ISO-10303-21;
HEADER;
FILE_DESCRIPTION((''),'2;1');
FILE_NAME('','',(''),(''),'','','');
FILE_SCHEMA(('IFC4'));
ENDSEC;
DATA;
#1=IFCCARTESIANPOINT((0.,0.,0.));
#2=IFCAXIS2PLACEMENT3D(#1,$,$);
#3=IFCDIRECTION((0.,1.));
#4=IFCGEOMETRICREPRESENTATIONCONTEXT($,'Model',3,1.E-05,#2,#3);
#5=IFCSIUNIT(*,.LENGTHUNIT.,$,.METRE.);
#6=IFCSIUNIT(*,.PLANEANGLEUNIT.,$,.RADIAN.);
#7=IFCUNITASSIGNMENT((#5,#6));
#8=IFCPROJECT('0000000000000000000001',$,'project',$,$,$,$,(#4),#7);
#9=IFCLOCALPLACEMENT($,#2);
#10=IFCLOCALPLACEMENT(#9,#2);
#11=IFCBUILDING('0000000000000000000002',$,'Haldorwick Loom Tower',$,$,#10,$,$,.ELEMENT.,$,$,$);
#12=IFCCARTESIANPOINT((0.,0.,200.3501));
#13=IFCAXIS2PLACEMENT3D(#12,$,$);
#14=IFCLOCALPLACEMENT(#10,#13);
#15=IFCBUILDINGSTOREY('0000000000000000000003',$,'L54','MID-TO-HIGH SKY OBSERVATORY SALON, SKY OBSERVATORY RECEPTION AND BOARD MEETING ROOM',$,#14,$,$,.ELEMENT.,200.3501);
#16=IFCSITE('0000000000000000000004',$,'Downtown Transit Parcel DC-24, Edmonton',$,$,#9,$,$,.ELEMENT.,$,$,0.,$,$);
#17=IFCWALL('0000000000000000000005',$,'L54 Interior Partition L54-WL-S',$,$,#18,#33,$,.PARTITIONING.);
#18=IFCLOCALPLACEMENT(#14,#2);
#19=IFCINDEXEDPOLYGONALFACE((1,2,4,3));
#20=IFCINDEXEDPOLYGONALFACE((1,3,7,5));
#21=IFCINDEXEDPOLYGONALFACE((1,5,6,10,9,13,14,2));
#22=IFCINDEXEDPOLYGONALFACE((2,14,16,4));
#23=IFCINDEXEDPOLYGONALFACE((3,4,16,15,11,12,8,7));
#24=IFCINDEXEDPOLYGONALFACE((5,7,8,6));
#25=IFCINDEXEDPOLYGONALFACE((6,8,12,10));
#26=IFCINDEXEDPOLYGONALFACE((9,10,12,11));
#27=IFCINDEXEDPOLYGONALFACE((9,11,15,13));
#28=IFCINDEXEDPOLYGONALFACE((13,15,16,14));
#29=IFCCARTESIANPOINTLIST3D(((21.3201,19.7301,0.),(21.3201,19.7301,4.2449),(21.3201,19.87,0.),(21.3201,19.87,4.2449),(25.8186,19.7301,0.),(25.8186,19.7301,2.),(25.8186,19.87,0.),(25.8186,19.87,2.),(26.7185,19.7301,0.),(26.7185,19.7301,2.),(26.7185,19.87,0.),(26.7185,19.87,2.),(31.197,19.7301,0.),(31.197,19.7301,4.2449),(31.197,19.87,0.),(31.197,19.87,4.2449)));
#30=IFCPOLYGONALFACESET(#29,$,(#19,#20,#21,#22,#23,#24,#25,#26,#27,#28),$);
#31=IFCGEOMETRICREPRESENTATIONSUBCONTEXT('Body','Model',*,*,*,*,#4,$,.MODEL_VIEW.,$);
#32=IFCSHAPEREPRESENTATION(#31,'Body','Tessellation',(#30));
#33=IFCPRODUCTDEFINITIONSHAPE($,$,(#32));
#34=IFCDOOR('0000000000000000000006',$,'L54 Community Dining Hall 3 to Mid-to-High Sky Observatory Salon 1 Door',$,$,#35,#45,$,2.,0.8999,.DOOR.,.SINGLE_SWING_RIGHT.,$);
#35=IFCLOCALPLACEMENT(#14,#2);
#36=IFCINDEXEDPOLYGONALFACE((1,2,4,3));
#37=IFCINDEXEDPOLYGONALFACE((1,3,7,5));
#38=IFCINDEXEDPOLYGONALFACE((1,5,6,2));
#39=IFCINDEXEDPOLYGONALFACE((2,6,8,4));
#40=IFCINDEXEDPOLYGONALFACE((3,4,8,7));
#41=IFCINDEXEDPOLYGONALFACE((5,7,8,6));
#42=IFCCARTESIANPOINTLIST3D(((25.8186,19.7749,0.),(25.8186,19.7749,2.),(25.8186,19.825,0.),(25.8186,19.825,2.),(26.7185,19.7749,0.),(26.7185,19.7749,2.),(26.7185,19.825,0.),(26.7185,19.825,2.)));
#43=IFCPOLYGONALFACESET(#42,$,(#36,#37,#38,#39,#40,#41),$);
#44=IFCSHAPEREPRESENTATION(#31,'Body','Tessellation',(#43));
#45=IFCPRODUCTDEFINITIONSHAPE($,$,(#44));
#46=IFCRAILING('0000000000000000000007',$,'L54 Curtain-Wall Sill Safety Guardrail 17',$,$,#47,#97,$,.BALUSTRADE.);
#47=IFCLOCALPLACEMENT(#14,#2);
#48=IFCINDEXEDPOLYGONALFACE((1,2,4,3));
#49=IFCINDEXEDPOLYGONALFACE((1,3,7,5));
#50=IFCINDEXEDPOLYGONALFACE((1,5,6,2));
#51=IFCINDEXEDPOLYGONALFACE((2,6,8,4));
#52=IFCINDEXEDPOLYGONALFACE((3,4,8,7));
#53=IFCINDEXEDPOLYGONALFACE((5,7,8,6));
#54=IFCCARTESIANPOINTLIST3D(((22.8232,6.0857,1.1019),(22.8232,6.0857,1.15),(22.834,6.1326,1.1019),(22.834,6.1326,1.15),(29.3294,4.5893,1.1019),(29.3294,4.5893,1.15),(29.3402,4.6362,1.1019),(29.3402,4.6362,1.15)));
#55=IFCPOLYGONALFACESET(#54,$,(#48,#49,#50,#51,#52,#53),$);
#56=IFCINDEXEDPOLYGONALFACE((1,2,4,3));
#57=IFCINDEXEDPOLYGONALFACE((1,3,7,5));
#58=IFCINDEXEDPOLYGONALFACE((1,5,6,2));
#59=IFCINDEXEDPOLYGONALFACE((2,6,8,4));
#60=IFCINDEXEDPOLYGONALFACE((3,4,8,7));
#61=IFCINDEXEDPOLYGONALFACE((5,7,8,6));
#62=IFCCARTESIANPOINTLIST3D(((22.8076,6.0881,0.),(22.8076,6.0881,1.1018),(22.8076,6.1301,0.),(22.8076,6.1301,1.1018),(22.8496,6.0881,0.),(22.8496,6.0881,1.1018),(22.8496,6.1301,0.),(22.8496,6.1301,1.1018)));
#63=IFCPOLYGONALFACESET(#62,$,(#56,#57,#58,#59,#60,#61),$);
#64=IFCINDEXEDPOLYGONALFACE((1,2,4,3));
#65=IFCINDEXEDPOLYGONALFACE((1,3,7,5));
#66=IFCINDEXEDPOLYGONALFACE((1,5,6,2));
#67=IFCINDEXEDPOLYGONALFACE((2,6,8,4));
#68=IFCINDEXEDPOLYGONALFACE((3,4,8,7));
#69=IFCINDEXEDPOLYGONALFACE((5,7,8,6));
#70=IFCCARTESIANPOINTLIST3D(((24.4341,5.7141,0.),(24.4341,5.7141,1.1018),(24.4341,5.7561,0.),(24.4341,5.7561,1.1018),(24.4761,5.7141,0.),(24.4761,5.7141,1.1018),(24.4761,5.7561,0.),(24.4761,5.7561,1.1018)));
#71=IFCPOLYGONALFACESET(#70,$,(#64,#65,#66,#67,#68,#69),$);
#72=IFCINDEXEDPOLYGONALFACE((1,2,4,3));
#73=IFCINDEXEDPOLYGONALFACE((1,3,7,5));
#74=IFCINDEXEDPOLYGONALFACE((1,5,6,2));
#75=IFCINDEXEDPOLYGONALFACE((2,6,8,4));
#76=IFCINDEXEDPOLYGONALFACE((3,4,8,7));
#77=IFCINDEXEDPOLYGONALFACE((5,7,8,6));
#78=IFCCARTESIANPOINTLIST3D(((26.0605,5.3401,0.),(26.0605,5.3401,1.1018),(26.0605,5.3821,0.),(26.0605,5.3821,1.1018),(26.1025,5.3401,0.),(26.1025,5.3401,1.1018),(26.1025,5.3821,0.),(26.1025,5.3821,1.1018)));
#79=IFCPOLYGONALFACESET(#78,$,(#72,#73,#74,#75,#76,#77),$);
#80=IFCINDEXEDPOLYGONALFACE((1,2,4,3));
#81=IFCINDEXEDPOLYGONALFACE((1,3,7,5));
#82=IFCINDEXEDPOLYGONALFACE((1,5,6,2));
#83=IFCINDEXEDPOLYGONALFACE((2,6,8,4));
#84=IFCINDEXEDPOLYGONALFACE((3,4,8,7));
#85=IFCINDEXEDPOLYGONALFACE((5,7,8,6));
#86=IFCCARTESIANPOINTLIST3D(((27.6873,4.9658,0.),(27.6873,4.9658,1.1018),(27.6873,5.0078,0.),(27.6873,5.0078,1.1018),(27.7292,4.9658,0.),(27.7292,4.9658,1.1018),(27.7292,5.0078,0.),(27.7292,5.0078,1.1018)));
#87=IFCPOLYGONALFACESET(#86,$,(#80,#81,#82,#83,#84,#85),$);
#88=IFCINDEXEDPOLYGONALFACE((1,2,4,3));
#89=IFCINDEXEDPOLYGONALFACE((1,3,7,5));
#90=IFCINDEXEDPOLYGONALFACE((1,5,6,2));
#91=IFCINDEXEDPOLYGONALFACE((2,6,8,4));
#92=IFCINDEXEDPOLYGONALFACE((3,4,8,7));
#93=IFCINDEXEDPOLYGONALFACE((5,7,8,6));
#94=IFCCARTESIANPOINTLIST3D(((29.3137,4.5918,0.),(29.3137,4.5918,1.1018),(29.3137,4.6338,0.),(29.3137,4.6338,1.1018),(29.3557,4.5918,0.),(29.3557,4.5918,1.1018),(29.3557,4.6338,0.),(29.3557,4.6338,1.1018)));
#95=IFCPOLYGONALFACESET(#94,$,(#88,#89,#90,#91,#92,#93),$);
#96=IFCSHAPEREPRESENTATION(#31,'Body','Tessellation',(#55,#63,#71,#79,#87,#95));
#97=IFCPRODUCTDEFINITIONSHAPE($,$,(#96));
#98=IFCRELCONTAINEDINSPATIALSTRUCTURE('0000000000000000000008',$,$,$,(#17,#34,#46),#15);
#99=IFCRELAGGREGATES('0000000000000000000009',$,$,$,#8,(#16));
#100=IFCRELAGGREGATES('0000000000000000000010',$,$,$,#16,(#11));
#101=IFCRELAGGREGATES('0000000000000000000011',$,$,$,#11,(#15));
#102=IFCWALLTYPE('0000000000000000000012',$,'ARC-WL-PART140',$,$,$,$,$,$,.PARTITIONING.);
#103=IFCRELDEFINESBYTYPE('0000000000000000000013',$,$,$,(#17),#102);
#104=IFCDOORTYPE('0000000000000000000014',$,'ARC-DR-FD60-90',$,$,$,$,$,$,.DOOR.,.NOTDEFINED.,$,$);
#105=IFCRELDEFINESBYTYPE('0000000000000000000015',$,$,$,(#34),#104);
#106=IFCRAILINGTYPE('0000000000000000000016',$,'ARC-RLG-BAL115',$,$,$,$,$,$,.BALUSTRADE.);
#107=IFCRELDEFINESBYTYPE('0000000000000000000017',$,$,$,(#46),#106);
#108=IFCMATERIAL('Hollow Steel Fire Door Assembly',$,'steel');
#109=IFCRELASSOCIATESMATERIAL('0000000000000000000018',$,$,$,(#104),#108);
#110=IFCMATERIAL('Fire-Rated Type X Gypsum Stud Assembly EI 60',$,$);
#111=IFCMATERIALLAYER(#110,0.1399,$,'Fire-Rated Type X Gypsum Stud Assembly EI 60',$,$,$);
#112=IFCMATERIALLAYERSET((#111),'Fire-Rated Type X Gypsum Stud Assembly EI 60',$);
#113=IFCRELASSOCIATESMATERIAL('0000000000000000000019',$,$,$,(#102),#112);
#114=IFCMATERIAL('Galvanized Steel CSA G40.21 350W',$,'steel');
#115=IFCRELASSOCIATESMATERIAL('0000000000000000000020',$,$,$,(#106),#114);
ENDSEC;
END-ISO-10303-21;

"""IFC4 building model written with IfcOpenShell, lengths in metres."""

from ifc_helpers import new_model, si_unit, direction, frame, frame_2d, origin, origin_2d, place, context, subcontext, project, spatial, rectangle, extrude, material, layer, layer_set, type_object, element, fill, save


model = new_model("IFC4")

# Units and contexts
model_context = context("Model", 3, precision=1e-05, world=origin(), true_north=direction((0.0, 1.0)))
body_context = subcontext(model_context, "Body", "Model", "MODEL_VIEW")
ifc_project = project(units=[si_unit("LENGTHUNIT", "METRE"), si_unit("PLANEANGLEUNIT", "RADIAN")], contexts=[model_context])

# Site, building, storey
site_placement = place(None, origin())
site = spatial("IfcSite", under=ifc_project, at=site_placement, Name="Downtown Transit Parcel DC-24, Edmonton", CompositionType="ELEMENT", RefElevation=0.0)
building_placement = place(site_placement, origin())
building = spatial("IfcBuilding", under=site, at=building_placement, Name="Haldorwick Loom Tower", CompositionType="ELEMENT")
storey_placement = place(building_placement, frame((0.0, 0.0, 200.3501)))
storey = spatial("IfcBuildingStorey", under=building, at=storey_placement, Name="L54", Description="MID-TO-HIGH SKY OBSERVATORY SALON, SKY OBSERVATORY RECEPTION AND BOARD MEETING ROOM", CompositionType="ELEMENT", Elevation=200.3501)

# Shared definitions
ifc_material_1 = material(Name="Fire-Rated Type X Gypsum Stud Assembly EI 60")
ifc_material_2 = material(Name="Hollow Steel Fire Door Assembly", Category="steel")
door_type = type_object("IfcDoorType", Name="ARC-DR-FD60-90", OperationType="NOTDEFINED", PredefinedType="DOOR", material=ifc_material_2)

# Wall, opening, door
ifc_layer_1 = layer(ifc_material_1, 0.1399, Name="Fire-Rated Type X Gypsum Stud Assembly EI 60")
ifc_layer_set_1 = layer_set([ifc_layer_1], Name="Fire-Rated Type X Gypsum Stud Assembly EI 60")
wall_type_1 = type_object("IfcWallType", Name="ARC-WL-PART140", PredefinedType="PARTITIONING", material=ifc_layer_set_1)
wall_1_placement = place(storey_placement, frame((21.3201, 19.8, 0.0), z_axis=(0.0, 0.0, 1.0), x_axis=(1.0, 0.0, 0.0)))
wall_1 = element("IfcWall", 1, at=wall_1_placement, inside=storey, type_object=wall_type_1, Name="L54 Interior Partition L54-WL-S", PredefinedType="PARTITIONING", context=body_context, shape_type="SweptSolid", body=[
    extrude(rectangle(XDim=9.877, YDim=0.1399, at=frame_2d((4.9385, 0.0))), origin(), (0.0, 0.0, 1.0), 4.2449),
])
opening_1_placement = place(wall_1_placement, frame((4.4985, 0.0, 0.0)))
opening_1 = element("IfcOpeningElement", 2, at=opening_1_placement, cuts=wall_1, PredefinedType="OPENING", context=body_context, shape_type="SweptSolid", body=[
    extrude(rectangle(XDim=0.8999, YDim=2.0, at=frame_2d((0.45, 1.0))), frame((0.0, 0.0798, 0.0), z_axis=(0.0, -1.0, 0.0), x_axis=(1.0, 0.0, 0.0)), (0.0, 0.0, 1.0), 0.1599),
])
door_1_placement = place(opening_1_placement, origin())
door_1 = element("IfcDoor", 3, at=door_1_placement, inside=storey, type_object=door_type, Name="L54 Community Dining Hall 3 to Mid-to-High Sky Observatory Salon 1 Door", OperationType="SINGLE_SWING_RIGHT", OverallHeight=2.0, OverallWidth=0.8999, PredefinedType="DOOR", context=body_context, shape_type="SweptSolid", body=[
    extrude(rectangle(XDim=0.8999, YDim=2.0, at=frame_2d((0.45, 1.0))), frame((0.0, 0.0249, 0.0), z_axis=(0.0, -1.0, 0.0), x_axis=(1.0, 0.0, 0.0)), (0.0, 0.0, 1.0), 0.05),
])
fill(opening_1, door_1)

# Railing
ifc_material_3 = material(Name="Galvanized Steel CSA G40.21 350W", Category="steel")
railing_type = type_object("IfcRailingType", Name="ARC-RLG-BAL115", PredefinedType="BALUSTRADE", material=ifc_material_3)
railing_placement = place(storey_placement, frame((22.8286, 6.1091, 0.0)))
element("IfcRailing", 4, at=railing_placement, inside=storey, type_object=railing_type, Name="L54 Curtain-Wall Sill Safety Guardrail 17", PredefinedType="BALUSTRADE", context=body_context, shape_type="SweptSolid", body=[
    extrude(rectangle(XDim=0.0481, YDim=0.0481, at=origin_2d()), frame((0.0, 0.0, 1.126), z_axis=(0.974557, -0.224138, 0.0), x_axis=(0.224138, 0.974557, 0.0)), (0.0, 0.0, 1.0), 6.676),
    extrude(rectangle(XDim=0.042, YDim=0.042, at=origin_2d()), origin(), (0.0, 0.0, 1.0), 1.1018),
    extrude(rectangle(XDim=0.042, YDim=0.042, at=origin_2d()), frame((1.6265, -0.374, 0.0)), (0.0, 0.0, 1.0), 1.1018),
    extrude(rectangle(XDim=0.042, YDim=0.042, at=origin_2d()), frame((3.2529, -0.748, 0.0)), (0.0, 0.0, 1.0), 1.1018),
    extrude(rectangle(XDim=0.042, YDim=0.042, at=origin_2d()), frame((4.8796, -1.1223, 0.0)), (0.0, 0.0, 1.0), 1.1018),
    extrude(rectangle(XDim=0.042, YDim=0.042, at=origin_2d()), frame((6.5061, -1.4963, 0.0)), (0.0, 0.0, 1.0), 1.1018),
])

save(model, "model.ifc")
